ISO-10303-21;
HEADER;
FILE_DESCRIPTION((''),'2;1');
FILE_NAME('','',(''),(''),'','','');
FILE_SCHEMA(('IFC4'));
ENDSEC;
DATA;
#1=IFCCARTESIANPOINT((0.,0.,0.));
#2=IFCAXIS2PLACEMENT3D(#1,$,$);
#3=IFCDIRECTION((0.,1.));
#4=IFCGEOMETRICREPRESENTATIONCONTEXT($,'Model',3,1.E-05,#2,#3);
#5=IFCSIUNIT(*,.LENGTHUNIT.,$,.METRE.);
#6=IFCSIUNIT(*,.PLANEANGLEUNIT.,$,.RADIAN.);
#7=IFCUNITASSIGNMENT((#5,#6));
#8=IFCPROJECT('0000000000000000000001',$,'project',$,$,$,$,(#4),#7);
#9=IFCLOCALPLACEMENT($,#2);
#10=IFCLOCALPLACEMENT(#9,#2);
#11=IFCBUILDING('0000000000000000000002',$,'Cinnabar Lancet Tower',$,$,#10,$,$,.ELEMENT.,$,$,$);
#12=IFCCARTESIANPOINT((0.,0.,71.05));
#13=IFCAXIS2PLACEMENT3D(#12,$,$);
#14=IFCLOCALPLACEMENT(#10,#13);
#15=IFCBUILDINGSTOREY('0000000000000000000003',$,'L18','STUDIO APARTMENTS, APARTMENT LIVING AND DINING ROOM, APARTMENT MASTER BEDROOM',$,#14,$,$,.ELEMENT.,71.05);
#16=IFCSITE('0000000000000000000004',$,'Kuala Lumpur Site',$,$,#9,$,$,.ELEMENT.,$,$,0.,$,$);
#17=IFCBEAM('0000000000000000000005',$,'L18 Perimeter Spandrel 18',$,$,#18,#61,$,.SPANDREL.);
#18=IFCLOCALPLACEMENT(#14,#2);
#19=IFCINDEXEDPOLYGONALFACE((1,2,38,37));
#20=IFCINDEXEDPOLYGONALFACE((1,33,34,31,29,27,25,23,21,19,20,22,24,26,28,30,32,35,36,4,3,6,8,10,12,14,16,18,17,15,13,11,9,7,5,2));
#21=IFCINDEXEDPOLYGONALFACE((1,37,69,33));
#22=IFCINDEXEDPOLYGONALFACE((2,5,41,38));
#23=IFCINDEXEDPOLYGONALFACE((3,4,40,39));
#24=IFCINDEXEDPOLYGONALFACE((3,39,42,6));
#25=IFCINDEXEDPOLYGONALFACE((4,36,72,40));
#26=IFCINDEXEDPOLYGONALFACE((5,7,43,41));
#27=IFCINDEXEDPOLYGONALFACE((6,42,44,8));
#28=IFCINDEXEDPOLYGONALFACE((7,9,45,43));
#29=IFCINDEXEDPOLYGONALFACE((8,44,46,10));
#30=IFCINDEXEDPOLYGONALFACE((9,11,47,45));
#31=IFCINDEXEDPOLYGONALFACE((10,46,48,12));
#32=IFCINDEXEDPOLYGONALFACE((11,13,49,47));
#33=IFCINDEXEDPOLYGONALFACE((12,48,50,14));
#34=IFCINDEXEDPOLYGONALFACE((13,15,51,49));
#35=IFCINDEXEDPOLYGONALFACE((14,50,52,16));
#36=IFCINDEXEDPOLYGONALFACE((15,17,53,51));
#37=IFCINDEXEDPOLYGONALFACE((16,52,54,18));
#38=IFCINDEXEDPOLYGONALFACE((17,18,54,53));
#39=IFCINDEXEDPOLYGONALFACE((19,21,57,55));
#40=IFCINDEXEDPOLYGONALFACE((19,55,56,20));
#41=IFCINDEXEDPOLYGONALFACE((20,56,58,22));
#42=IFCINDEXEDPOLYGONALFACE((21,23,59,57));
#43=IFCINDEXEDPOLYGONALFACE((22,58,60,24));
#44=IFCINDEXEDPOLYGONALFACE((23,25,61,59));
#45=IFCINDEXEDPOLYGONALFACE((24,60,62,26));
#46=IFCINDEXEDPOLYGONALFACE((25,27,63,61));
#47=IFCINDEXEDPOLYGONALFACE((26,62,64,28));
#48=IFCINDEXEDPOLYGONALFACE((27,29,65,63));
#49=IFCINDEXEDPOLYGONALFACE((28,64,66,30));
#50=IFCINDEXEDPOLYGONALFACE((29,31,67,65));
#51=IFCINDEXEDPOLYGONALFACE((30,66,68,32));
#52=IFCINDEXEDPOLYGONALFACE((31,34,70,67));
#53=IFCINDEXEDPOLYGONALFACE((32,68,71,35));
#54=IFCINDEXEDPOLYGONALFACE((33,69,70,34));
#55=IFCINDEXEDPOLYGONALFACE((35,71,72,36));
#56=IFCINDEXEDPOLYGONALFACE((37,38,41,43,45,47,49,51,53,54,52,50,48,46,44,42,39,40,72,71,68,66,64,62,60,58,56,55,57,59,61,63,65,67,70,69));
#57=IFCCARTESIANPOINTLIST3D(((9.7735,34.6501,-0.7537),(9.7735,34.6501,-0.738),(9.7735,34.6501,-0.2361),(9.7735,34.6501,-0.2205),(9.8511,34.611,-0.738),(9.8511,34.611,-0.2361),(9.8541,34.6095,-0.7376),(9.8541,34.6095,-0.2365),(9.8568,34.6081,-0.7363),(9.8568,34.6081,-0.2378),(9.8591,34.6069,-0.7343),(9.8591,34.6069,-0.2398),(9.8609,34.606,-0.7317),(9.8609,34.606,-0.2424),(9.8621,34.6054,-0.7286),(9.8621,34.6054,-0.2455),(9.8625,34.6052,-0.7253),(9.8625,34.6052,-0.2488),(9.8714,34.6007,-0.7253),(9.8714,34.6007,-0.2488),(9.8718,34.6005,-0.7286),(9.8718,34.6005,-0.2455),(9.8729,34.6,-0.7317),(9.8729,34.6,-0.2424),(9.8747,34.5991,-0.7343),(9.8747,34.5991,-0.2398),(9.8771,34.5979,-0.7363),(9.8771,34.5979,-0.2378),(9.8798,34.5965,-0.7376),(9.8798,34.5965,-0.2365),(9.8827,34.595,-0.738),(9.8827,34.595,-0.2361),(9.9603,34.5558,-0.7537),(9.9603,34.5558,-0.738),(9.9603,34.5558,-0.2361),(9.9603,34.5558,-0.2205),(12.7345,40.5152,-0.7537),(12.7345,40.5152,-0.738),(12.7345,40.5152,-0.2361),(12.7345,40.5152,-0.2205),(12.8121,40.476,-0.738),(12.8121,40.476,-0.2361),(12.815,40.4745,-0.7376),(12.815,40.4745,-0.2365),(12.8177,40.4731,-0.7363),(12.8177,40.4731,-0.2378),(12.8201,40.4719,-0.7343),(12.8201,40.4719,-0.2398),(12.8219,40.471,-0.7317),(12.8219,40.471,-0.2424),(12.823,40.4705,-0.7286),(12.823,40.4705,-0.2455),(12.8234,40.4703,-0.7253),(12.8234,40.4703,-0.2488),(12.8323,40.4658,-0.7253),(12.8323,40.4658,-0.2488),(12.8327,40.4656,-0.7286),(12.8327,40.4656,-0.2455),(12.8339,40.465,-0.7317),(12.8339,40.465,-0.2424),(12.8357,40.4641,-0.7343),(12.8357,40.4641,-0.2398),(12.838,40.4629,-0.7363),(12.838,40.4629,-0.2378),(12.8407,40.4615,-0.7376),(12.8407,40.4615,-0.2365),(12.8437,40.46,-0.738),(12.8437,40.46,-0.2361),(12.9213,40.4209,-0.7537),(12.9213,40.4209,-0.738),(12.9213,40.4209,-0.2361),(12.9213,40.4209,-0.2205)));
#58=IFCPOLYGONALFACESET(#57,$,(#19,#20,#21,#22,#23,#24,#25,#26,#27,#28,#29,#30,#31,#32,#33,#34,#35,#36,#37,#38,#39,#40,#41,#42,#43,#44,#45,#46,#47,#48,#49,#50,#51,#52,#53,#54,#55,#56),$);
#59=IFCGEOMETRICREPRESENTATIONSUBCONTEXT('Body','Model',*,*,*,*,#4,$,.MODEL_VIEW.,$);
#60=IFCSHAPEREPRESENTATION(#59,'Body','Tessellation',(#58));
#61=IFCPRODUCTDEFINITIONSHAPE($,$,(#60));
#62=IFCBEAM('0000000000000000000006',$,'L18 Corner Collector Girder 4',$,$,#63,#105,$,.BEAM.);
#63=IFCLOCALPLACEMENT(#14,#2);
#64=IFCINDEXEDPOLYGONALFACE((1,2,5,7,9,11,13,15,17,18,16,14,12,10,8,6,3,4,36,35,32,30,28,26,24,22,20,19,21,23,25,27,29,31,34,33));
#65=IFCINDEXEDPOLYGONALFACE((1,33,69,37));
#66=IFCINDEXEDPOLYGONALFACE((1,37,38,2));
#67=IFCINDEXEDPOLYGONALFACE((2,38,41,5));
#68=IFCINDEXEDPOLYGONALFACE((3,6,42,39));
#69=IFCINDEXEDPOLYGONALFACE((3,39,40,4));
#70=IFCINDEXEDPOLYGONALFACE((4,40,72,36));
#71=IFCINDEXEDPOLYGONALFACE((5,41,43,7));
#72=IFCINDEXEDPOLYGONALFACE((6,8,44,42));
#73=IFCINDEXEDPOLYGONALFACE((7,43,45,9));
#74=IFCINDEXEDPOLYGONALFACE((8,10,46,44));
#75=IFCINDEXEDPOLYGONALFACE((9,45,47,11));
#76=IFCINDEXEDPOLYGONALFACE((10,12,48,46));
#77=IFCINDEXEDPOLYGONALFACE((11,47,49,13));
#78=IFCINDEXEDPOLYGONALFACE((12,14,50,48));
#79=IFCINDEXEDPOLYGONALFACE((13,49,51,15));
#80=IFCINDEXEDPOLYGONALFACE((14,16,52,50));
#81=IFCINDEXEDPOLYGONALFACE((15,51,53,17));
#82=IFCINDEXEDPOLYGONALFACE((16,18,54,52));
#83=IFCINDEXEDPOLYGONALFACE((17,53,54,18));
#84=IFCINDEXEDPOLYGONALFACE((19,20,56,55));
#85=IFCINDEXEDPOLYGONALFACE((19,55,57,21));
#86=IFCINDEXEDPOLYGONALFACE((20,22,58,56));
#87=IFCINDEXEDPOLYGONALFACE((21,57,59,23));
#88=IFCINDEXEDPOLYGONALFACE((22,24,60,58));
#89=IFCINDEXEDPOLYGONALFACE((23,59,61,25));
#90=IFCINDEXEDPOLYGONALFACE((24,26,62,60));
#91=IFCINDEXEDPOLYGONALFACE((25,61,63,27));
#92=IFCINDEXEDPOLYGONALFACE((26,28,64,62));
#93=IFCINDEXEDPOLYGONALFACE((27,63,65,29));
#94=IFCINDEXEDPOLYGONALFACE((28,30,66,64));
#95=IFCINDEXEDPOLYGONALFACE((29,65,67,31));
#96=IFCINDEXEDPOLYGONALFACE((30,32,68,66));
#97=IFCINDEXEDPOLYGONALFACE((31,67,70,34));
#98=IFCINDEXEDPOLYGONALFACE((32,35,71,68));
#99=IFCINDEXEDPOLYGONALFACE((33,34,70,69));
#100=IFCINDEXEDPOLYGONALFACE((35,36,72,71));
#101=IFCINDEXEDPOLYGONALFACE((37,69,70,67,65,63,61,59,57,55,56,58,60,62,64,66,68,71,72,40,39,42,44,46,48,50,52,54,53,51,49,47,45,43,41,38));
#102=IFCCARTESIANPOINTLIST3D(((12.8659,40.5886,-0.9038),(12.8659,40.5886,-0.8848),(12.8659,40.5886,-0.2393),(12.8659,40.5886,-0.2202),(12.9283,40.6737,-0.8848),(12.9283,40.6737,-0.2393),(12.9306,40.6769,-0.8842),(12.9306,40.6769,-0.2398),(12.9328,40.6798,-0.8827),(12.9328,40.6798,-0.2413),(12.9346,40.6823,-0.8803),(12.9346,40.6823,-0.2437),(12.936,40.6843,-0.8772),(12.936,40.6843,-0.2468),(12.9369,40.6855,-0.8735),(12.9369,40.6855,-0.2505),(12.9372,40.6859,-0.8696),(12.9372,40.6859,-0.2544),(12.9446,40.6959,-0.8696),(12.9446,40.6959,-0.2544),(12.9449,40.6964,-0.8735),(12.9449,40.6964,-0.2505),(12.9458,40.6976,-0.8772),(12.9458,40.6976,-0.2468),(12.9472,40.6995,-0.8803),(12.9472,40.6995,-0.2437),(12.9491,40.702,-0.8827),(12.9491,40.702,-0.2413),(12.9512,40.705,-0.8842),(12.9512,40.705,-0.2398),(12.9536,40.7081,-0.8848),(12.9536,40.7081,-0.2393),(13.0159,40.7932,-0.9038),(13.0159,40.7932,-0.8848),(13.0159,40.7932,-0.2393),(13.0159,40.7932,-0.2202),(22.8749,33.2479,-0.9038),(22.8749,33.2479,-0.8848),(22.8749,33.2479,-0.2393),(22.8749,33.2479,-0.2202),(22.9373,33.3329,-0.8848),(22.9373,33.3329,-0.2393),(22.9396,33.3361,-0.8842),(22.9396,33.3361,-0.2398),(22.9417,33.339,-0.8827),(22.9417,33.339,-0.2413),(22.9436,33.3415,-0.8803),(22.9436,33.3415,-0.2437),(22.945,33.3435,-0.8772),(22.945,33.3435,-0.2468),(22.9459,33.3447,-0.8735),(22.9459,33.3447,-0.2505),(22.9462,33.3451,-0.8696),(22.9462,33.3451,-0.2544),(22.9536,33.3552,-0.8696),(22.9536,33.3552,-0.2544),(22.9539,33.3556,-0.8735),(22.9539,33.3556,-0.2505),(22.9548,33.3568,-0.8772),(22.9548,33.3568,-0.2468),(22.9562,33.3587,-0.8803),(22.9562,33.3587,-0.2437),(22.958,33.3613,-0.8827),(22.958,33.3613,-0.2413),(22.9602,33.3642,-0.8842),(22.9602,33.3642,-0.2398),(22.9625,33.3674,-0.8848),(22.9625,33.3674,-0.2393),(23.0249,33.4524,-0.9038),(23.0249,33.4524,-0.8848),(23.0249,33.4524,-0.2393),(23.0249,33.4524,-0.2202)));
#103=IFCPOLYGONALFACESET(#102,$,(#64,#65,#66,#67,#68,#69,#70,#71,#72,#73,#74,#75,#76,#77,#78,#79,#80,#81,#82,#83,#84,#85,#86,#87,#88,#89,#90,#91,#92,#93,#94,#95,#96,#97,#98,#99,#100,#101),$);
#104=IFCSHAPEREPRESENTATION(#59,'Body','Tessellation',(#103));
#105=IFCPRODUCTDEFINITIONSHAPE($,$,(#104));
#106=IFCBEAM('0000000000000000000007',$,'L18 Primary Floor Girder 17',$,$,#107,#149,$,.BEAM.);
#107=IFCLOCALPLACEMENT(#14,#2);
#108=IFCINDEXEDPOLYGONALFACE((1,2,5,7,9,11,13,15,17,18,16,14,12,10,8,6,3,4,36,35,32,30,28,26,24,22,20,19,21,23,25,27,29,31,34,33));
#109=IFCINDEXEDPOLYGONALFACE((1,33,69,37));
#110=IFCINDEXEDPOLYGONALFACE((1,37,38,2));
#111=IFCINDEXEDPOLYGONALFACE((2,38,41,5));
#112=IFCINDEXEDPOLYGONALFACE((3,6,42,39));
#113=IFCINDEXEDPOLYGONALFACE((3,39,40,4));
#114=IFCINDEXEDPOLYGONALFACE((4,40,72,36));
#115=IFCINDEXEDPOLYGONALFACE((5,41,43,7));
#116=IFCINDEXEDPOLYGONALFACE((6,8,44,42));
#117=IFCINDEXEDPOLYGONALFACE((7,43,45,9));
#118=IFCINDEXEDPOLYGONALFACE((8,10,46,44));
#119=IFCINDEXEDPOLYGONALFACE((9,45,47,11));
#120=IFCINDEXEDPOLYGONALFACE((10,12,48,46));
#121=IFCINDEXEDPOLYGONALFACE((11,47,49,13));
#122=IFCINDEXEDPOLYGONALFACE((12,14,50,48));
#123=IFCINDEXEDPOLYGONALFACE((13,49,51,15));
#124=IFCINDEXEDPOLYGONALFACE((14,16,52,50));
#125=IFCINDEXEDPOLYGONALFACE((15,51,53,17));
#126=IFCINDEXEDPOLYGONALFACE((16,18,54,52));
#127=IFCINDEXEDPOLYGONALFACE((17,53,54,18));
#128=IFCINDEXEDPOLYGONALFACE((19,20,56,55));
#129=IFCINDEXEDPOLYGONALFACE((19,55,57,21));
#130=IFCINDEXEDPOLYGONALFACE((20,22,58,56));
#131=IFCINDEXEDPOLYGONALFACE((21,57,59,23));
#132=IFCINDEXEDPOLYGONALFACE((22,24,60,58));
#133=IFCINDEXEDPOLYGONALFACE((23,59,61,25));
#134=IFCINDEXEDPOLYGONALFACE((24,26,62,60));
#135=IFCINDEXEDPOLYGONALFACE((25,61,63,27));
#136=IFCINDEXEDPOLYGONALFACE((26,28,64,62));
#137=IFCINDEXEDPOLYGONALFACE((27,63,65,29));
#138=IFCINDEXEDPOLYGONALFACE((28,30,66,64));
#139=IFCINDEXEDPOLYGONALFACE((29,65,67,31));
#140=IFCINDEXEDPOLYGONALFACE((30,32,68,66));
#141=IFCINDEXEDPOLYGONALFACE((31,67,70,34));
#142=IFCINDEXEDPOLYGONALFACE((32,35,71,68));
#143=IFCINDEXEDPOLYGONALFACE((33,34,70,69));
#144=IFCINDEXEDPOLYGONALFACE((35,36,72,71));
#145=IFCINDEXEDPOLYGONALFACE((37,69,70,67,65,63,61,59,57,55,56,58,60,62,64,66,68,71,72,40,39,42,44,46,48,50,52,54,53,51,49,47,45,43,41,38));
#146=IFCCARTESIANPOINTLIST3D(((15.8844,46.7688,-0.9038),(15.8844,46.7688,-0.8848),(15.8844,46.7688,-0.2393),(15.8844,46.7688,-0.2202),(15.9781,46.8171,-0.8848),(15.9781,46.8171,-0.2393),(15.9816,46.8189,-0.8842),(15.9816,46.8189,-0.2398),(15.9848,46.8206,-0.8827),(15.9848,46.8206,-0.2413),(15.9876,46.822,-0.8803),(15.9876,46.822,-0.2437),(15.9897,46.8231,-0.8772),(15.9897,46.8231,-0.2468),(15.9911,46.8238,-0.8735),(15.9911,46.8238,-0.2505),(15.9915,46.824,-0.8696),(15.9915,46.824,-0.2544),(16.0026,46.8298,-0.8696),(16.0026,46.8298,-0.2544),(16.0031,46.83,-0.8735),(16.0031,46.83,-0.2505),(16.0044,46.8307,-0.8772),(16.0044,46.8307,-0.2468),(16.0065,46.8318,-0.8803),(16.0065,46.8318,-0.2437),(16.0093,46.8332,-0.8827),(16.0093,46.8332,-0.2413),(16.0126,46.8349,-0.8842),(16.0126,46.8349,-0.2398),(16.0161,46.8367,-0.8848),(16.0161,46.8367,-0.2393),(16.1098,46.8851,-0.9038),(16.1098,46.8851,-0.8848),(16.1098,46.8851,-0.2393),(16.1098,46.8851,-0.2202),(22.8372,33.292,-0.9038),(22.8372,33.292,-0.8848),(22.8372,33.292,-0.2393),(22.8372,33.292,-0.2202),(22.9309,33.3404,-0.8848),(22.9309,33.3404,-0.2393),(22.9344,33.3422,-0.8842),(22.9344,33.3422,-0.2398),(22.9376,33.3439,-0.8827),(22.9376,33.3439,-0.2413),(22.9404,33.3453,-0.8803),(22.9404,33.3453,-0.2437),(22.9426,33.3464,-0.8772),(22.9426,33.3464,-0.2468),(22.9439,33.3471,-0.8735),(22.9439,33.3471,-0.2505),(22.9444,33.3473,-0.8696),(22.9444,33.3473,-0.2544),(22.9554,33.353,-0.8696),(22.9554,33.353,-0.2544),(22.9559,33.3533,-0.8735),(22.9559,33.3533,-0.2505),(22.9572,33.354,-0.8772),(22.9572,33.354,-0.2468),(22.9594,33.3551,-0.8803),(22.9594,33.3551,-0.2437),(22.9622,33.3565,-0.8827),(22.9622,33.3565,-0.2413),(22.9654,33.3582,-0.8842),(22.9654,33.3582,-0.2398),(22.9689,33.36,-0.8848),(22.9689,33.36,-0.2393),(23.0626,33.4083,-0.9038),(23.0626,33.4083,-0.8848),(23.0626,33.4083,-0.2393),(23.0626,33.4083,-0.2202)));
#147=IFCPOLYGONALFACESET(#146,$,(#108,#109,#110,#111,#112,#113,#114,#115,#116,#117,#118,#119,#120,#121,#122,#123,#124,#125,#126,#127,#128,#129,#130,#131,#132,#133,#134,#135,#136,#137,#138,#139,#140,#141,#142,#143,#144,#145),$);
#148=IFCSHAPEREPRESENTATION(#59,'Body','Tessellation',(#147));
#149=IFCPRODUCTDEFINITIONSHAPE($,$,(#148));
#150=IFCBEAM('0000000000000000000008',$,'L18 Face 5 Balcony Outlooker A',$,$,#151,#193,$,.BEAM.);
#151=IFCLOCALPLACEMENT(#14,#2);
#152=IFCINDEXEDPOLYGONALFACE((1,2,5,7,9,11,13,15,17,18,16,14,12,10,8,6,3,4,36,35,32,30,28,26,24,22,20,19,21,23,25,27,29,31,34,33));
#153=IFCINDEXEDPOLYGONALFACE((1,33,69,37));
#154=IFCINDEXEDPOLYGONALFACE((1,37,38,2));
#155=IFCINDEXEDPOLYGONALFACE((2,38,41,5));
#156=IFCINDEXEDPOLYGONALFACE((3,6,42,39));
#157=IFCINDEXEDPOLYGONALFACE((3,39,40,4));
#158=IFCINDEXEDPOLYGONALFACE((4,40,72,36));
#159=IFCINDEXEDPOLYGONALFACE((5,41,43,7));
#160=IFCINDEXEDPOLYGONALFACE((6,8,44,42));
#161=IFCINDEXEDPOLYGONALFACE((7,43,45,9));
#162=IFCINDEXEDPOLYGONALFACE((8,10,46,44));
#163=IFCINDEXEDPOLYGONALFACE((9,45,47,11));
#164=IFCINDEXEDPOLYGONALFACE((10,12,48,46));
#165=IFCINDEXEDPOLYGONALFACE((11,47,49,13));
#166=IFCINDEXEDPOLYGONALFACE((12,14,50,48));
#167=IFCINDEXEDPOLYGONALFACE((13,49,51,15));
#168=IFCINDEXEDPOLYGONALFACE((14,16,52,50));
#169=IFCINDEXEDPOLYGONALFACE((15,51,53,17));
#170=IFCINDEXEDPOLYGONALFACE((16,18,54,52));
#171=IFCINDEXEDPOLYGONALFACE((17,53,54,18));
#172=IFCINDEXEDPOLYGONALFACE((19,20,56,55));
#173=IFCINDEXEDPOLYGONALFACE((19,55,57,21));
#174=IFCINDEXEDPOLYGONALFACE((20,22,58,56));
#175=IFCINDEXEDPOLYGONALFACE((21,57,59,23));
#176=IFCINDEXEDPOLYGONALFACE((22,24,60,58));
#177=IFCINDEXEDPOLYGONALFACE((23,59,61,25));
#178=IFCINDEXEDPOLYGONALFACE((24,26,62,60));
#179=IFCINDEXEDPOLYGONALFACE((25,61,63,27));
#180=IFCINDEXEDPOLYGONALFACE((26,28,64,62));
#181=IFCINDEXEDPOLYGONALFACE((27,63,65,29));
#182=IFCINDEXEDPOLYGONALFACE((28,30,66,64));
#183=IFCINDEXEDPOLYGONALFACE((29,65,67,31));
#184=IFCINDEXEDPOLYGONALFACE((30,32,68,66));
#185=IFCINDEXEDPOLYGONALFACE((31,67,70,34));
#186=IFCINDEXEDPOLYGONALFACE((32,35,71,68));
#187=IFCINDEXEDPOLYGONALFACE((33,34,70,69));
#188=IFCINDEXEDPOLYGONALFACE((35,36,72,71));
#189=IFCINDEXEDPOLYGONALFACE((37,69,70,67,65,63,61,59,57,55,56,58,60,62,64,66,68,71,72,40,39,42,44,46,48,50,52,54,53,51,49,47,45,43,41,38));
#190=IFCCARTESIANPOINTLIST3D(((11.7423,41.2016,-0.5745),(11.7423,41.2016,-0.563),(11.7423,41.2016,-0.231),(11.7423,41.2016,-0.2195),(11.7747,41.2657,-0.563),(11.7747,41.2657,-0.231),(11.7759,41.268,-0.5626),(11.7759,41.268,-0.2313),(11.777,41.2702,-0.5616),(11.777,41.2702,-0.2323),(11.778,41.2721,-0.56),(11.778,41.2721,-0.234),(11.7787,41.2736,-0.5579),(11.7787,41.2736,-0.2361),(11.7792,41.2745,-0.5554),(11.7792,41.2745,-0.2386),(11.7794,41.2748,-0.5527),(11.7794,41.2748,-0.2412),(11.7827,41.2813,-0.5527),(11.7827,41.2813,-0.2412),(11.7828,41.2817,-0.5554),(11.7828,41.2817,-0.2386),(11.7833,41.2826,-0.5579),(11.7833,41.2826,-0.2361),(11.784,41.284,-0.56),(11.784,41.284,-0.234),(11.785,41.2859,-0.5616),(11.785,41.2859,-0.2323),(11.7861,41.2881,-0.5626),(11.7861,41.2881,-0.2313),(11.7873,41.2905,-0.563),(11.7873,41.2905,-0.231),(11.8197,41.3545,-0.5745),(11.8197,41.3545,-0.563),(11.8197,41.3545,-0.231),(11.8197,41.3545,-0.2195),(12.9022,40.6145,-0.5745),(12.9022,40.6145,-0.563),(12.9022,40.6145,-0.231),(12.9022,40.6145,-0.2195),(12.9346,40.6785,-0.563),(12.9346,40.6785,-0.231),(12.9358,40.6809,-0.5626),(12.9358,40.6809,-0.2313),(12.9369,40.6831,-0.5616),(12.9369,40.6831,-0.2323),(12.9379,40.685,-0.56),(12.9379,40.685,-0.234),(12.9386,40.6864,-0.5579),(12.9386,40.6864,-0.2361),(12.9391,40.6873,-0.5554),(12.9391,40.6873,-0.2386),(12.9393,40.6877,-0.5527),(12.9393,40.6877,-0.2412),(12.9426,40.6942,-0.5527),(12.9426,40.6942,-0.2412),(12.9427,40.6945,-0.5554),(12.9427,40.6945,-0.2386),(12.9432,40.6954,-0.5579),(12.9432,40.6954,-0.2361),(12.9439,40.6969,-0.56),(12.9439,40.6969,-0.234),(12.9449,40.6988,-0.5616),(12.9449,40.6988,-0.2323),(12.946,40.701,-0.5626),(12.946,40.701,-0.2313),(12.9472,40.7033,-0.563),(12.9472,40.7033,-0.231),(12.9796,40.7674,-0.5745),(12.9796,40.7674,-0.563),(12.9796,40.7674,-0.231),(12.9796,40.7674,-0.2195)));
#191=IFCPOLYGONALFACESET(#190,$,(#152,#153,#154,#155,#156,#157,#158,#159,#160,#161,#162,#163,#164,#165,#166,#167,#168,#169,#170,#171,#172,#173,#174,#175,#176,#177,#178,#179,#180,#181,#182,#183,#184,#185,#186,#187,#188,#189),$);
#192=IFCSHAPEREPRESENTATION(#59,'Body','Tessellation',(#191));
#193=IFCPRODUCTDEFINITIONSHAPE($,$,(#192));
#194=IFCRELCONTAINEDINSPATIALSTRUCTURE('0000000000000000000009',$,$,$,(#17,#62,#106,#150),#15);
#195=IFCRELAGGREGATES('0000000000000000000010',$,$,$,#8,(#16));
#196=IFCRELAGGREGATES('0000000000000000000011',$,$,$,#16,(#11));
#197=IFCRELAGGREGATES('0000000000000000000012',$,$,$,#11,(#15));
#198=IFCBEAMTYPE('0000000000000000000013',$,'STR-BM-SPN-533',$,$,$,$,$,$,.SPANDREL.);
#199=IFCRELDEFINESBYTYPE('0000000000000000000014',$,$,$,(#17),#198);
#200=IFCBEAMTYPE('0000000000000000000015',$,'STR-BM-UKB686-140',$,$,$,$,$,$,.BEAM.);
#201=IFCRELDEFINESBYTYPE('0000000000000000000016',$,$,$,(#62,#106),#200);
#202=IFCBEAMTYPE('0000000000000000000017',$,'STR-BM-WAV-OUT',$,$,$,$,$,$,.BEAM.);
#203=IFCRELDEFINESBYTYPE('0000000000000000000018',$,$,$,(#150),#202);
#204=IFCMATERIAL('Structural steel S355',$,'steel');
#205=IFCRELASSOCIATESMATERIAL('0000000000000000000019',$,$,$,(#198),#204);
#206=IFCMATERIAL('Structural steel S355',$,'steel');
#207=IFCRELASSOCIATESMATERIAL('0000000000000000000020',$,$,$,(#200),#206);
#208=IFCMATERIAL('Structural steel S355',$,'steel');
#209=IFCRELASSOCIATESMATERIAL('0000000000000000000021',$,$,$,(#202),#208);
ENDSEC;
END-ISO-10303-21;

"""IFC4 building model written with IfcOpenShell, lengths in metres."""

from ifc_helpers import new_model, si_unit, direction, frame, origin, origin_2d, place, context, subcontext, project, spatial, i_section, extrude, material, material_profile, profile_set, type_object, element, save


model = new_model("IFC4")

# Units and contexts
model_context = context("Model", 3, precision=1e-05, world=origin(), true_north=direction((0.0, 1.0)))
body_context = subcontext(model_context, "Body", "Model", "MODEL_VIEW")
ifc_project = project(units=[si_unit("LENGTHUNIT", "METRE"), si_unit("PLANEANGLEUNIT", "RADIAN")], contexts=[model_context])

# Site, building, storey
site_placement = place(None, origin())
site = spatial("IfcSite", under=ifc_project, at=site_placement, Name="Kuala Lumpur Site", CompositionType="ELEMENT", RefElevation=0.0)
building_placement = place(site_placement, origin())
building = spatial("IfcBuilding", under=site, at=building_placement, Name="Cinnabar Lancet Tower", CompositionType="ELEMENT")
storey_placement = place(building_placement, frame((0.0, 0.0, 71.05)))
storey = spatial("IfcBuildingStorey", under=building, at=storey_placement, Name="L18", Description="STUDIO APARTMENTS, APARTMENT LIVING AND DINING ROOM, APARTMENT MASTER BEDROOM", CompositionType="ELEMENT", Elevation=71.05)

# Beams
ifc_material_1 = material(Name="Structural steel S355", Category="steel")
ifc_material_profile_1 = material_profile(ifc_material_1, i_section(OverallWidth=0.2092, OverallDepth=0.5332, WebThickness=0.01, FlangeThickness=0.0156, FilletRadius=0.0127, at=origin_2d()), Name="UKB 533x210x92")
ifc_profile_set_1 = profile_set([ifc_material_profile_1], Name="Structural steel S355")
beam_type_1 = type_object("IfcBeamType", Name="STR-BM-SPN-533", PredefinedType="SPANDREL", material=ifc_profile_set_1)
beam_1_placement = place(storey_placement, frame((12.8279, 40.468, -0.4871), z_axis=(-0.450674, -0.892689, 0.0), x_axis=(0.892689, -0.450674, 0.0)))
element("IfcBeam", 1, at=beam_1_placement, inside=storey, type_object=beam_type_1, Name="L18 Perimeter Spandrel 18", PredefinedType="SPANDREL", context=body_context, shape_type="SweptSolid", body=[
    extrude(i_section(OverallWidth=0.2092, OverallDepth=0.5332, WebThickness=0.01, FlangeThickness=0.0156, FilletRadius=0.0127, at=origin_2d()), origin(), (0.0, 0.0, 1.0), 6.5701),
])
ifc_material_2 = material(Name="Structural steel S355", Category="steel")
ifc_material_profile_2 = material_profile(ifc_material_2, i_section(OverallWidth=0.2537, OverallDepth=0.6836, WebThickness=0.0125, FlangeThickness=0.019, FilletRadius=0.0151, at=origin_2d()), Name="UKB 686x254x140")
ifc_profile_set_2 = profile_set([ifc_material_profile_2], Name="Structural steel S355")
beam_type_2 = type_object("IfcBeamType", Name="STR-BM-UKB686-140", PredefinedType="BEAM", material=ifc_profile_set_2)
beam_2_placement = place(storey_placement, frame((12.9409, 40.6909, -0.562), z_axis=(0.806372, -0.591409, 0.0), x_axis=(0.591409, 0.806372, 0.0)))
element("IfcBeam", 2, at=beam_2_placement, inside=storey, type_object=beam_type_2, Name="L18 Corner Collector Girder 4", PredefinedType="BEAM", context=body_context, shape_type="SweptSolid", body=[
    extrude(i_section(OverallWidth=0.2537, OverallDepth=0.6836, WebThickness=0.0125, FlangeThickness=0.019, FilletRadius=0.0151, at=origin_2d()), origin(), (0.0, 0.0, 1.0), 12.4124),
])
beam_3_placement = place(storey_placement, frame((15.9971, 46.8269, -0.562), z_axis=(0.458492, -0.888698, 0.0), x_axis=(0.888698, 0.458492, 0.0)))
element("IfcBeam", 3, at=beam_3_placement, inside=storey, type_object=beam_type_2, Name="L18 Primary Floor Girder 17", PredefinedType="BEAM", context=body_context, shape_type="SweptSolid", body=[
    extrude(i_section(OverallWidth=0.2537, OverallDepth=0.6836, WebThickness=0.0125, FlangeThickness=0.019, FilletRadius=0.0151, at=origin_2d()), origin(), (0.0, 0.0, 1.0), 15.1646),
])
ifc_material_3 = material(Name="Structural steel S355", Category="steel")
ifc_material_profile_3 = material_profile(ifc_material_3, i_section(OverallWidth=0.1714, OverallDepth=0.355, WebThickness=0.0073, FlangeThickness=0.0115, FilletRadius=0.0103, at=origin_2d()), Name="UKB 356x171x51")
ifc_profile_set_3 = profile_set([ifc_material_profile_3], Name="Structural steel S355")
beam_type_3 = type_object("IfcBeamType", Name="STR-BM-WAV-OUT", PredefinedType="BEAM", material=ifc_profile_set_3)
beam_4_placement = place(storey_placement, frame((12.9409, 40.6909, -0.397), z_axis=(-0.8922, 0.45164, 0.0), x_axis=(-0.45164, -0.8922, 0.0)))
element("IfcBeam", 4, at=beam_4_placement, inside=storey, type_object=beam_type_3, Name="L18 Face 5 Balcony Outlooker A", PredefinedType="BEAM", context=body_context, shape_type="SweptSolid", body=[
    extrude(i_section(OverallWidth=0.1714, OverallDepth=0.355, WebThickness=0.0073, FlangeThickness=0.0115, FilletRadius=0.0103, at=origin_2d()), origin(), (0.0, 0.0, 1.0), 1.3),
])

save(model, "model.ifc")
